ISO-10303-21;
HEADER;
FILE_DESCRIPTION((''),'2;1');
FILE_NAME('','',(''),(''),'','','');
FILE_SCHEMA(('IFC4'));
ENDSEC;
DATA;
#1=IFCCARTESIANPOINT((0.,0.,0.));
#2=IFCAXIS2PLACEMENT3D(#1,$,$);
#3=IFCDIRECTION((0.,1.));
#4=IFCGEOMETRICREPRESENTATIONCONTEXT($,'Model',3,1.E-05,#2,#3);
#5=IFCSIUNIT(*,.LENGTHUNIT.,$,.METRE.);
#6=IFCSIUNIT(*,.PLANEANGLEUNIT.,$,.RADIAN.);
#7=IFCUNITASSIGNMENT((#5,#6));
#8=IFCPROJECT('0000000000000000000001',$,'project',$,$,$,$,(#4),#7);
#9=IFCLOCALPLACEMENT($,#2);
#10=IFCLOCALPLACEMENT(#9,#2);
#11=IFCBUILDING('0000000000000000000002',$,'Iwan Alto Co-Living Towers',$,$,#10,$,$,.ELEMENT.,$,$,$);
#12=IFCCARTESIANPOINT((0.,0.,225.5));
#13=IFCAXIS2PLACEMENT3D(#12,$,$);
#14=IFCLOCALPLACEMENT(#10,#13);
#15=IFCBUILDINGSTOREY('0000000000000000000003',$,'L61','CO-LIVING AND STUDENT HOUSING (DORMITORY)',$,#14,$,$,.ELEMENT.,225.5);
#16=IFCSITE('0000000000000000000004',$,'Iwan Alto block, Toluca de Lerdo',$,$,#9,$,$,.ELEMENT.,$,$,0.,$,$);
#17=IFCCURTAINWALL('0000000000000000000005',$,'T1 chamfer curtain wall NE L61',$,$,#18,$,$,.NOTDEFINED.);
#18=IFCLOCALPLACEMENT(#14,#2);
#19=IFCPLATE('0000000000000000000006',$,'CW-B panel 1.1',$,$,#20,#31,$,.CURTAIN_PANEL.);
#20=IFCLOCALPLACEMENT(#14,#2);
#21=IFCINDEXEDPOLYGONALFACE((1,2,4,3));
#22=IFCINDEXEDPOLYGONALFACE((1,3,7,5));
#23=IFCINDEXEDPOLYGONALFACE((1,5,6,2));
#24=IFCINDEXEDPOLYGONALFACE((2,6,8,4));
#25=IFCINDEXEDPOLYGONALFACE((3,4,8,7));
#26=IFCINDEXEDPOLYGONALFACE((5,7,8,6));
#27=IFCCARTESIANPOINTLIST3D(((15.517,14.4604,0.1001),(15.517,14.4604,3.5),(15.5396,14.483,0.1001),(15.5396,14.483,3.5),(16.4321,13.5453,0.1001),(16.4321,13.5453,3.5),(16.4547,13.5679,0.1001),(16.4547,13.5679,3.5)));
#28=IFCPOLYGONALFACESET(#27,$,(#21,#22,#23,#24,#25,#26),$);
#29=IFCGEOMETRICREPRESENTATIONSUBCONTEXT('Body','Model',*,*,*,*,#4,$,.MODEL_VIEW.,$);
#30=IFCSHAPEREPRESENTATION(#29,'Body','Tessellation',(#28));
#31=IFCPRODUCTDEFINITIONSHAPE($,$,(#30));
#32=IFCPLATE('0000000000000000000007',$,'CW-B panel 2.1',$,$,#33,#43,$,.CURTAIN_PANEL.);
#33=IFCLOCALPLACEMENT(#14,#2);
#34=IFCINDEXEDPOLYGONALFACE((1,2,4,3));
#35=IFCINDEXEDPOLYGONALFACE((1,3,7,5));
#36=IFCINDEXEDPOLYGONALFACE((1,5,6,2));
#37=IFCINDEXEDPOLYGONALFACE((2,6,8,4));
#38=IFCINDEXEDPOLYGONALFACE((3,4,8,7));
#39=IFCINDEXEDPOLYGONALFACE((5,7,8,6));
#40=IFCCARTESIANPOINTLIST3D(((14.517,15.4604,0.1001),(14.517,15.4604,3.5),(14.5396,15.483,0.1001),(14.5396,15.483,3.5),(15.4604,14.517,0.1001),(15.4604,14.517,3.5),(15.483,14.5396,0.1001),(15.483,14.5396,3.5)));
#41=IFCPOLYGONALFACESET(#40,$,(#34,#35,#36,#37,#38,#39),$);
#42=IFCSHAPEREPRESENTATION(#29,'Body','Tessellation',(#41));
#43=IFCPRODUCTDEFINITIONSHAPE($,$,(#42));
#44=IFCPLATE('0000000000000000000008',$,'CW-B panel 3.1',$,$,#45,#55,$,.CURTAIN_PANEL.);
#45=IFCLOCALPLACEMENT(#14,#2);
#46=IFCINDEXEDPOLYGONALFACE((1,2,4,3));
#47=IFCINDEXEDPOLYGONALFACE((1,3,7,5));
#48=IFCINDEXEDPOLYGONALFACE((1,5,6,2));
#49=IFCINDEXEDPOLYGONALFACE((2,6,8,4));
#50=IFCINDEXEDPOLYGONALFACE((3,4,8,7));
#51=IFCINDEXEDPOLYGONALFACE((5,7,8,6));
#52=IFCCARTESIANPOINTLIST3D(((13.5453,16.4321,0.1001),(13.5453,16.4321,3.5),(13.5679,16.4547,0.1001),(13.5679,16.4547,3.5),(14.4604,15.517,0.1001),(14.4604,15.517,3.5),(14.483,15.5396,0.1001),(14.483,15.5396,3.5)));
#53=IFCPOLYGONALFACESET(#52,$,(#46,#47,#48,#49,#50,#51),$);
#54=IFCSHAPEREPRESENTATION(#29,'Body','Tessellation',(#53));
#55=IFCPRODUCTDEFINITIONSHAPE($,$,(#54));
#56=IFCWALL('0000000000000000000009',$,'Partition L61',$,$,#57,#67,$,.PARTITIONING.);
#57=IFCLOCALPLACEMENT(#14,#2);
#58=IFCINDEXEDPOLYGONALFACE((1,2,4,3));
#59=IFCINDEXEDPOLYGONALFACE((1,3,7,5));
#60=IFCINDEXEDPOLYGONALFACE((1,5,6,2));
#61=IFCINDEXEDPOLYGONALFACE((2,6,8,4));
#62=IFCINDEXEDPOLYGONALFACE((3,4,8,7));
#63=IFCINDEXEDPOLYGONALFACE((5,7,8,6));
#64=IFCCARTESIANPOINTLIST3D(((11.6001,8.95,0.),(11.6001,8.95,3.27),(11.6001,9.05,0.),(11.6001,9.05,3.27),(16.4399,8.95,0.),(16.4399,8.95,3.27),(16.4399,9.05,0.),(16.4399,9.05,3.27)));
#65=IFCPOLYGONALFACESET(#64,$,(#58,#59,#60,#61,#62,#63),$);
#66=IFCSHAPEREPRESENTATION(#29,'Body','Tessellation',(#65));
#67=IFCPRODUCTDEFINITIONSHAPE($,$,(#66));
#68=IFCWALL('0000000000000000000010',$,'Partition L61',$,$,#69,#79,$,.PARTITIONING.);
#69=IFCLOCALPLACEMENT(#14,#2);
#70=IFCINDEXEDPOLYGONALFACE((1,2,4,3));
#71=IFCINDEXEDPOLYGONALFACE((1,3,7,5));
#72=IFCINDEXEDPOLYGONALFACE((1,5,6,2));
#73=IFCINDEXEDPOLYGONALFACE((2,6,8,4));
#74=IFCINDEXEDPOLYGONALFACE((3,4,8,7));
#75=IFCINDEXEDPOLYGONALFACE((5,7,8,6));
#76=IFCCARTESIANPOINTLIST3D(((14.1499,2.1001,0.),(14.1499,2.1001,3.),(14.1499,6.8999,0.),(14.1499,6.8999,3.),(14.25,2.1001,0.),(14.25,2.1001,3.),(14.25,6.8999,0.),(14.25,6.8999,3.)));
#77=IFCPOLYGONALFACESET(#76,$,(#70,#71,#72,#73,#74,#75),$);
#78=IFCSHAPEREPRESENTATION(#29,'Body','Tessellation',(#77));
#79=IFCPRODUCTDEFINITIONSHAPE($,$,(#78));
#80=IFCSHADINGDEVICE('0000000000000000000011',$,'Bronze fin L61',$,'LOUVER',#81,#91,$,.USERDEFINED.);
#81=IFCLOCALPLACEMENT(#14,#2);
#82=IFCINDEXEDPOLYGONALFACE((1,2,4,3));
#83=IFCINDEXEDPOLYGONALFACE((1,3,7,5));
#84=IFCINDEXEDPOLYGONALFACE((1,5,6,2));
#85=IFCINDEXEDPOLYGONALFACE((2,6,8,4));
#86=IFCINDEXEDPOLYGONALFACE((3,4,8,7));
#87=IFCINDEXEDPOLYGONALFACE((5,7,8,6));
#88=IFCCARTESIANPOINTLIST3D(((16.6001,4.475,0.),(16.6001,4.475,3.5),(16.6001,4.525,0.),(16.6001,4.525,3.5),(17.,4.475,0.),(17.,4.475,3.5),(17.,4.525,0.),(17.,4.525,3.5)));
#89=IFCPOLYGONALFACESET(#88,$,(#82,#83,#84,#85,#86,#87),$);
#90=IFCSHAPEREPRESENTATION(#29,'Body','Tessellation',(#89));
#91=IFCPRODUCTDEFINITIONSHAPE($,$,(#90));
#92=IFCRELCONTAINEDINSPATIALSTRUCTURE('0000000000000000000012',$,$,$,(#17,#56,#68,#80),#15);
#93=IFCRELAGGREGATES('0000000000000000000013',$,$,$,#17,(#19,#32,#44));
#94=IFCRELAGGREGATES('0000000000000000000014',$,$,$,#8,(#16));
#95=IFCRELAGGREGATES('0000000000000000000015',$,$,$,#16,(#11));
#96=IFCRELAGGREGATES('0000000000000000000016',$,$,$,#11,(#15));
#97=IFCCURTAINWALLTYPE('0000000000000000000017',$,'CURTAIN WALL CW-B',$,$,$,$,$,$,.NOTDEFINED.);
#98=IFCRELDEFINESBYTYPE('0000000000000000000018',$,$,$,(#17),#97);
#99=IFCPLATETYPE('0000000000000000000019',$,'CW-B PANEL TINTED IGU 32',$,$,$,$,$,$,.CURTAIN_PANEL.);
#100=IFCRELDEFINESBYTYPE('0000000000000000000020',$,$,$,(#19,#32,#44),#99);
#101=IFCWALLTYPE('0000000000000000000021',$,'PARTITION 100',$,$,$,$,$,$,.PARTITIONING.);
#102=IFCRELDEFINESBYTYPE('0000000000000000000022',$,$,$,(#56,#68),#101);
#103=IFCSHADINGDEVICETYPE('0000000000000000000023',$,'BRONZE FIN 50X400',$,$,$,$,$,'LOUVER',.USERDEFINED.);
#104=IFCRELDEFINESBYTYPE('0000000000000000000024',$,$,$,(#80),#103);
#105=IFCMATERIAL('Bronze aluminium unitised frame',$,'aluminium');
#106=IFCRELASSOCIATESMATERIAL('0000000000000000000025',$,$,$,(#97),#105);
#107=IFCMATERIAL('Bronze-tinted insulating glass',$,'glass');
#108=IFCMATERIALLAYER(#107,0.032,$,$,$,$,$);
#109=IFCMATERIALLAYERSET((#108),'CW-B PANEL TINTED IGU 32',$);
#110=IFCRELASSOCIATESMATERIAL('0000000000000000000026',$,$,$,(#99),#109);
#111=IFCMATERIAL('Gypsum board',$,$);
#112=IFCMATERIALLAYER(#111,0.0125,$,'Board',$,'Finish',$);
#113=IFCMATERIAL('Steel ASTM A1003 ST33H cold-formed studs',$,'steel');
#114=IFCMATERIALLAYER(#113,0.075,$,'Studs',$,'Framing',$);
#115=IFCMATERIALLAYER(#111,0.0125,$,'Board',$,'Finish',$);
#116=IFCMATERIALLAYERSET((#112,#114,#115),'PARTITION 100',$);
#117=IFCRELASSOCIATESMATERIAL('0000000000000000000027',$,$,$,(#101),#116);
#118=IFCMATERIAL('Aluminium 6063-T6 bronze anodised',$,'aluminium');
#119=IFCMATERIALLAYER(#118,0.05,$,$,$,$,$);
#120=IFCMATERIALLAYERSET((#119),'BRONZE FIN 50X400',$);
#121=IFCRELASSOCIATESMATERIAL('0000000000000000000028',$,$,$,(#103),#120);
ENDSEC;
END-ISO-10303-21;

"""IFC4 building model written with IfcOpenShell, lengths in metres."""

from ifc_helpers import new_model, si_unit, direction, frame, frame_2d, origin, origin_2d, place, context, subcontext, project, spatial, rectangle, extrude, material, layer, layer_set, type_object, element, aggregate, save


model = new_model("IFC4")

# Units and contexts
model_context = context("Model", 3, precision=1e-05, world=origin(), true_north=direction((0.0, 1.0)))
body_context = subcontext(model_context, "Body", "Model", "MODEL_VIEW")
ifc_project = project(units=[si_unit("LENGTHUNIT", "METRE"), si_unit("PLANEANGLEUNIT", "RADIAN")], contexts=[model_context])

# Site, building, storey
site_placement = place(None, origin())
site = spatial("IfcSite", under=ifc_project, at=site_placement, Name="Iwan Alto block, Toluca de Lerdo", CompositionType="ELEMENT", RefElevation=0.0)
building_placement = place(site_placement, origin())
building = spatial("IfcBuilding", under=site, at=building_placement, Name="Iwan Alto Co-Living Towers", CompositionType="ELEMENT")
storey_placement = place(building_placement, frame((0.0, 0.0, 225.5)))
storey = spatial("IfcBuildingStorey", under=building, at=storey_placement, Name="L61", Description="CO-LIVING AND STUDENT HOUSING (DORMITORY)", CompositionType="ELEMENT", Elevation=225.5)

# Curtain wall
ifc_material_1 = material(Name="Bronze aluminium unitised frame", Category="aluminium")
curtain_wall_type_1 = type_object("IfcCurtainWallType", Name="CURTAIN WALL CW-B", PredefinedType="NOTDEFINED", material=ifc_material_1)
curtain_wall_1_placement = place(storey_placement, origin())
curtain_wall_1 = element("IfcCurtainWall", 1, at=curtain_wall_1_placement, inside=storey, type_object=curtain_wall_type_1, Name="T1 chamfer curtain wall NE L61", PredefinedType="NOTDEFINED")

# Plates
ifc_material_2 = material(Name="Bronze-tinted insulating glass", Category="glass")
ifc_layer_1 = layer(ifc_material_2, 0.032)
ifc_layer_set_1 = layer_set([ifc_layer_1], Name="CW-B PANEL TINTED IGU 32")
plate_type_1 = type_object("IfcPlateType", Name="CW-B PANEL TINTED IGU 32", PredefinedType="CURTAIN_PANEL", material=ifc_layer_set_1)
plate_1_placement = place(storey_placement, frame((15.9858, 14.0142, 0.1001), z_axis=(0.0, 0.0, 1.0), x_axis=(-0.707107, 0.707107, 0.0)))
plate_1 = element("IfcPlate", 2, at=plate_1_placement, type_object=plate_type_1, Name="CW-B panel 1.1", PredefinedType="CURTAIN_PANEL", context=body_context, shape_type="SweptSolid", body=[
    extrude(rectangle(XDim=1.2942, YDim=0.032, at=origin_2d()), origin(), (0.0, 0.0, 1.0), 3.3999),
])
plate_2_placement = place(storey_placement, frame((15.0, 15.0, 0.1001), z_axis=(0.0, 0.0, 1.0), x_axis=(-0.707107, 0.707107, 0.0)))
plate_2 = element("IfcPlate", 3, at=plate_2_placement, type_object=plate_type_1, Name="CW-B panel 2.1", PredefinedType="CURTAIN_PANEL", context=body_context, shape_type="SweptSolid", body=[
    extrude(rectangle(XDim=1.3342, YDim=0.032, at=origin_2d()), origin(), (0.0, 0.0, 1.0), 3.3999),
])
plate_3_placement = place(storey_placement, frame((14.0142, 15.9858, 0.1001), z_axis=(0.0, 0.0, 1.0), x_axis=(-0.707107, 0.707107, 0.0)))
plate_3 = element("IfcPlate", 4, at=plate_3_placement, type_object=plate_type_1, Name="CW-B panel 3.1", PredefinedType="CURTAIN_PANEL", context=body_context, shape_type="SweptSolid", body=[
    extrude(rectangle(XDim=1.2942, YDim=0.032, at=origin_2d()), origin(), (0.0, 0.0, 1.0), 3.3999),
])
aggregate(curtain_wall_1, [plate_1, plate_2, plate_3])

# Walls
ifc_material_3 = material(Name="Gypsum board")
ifc_layer_2 = layer(ifc_material_3, 0.0125, Name="Board", Category="Finish")
ifc_material_4 = material(Name="Steel ASTM A1003 ST33H cold-formed studs", Category="steel")
ifc_layer_3 = layer(ifc_material_4, 0.075, Name="Studs", Category="Framing")
ifc_layer_4 = layer(ifc_material_3, 0.0125, Name="Board", Category="Finish")
ifc_layer_set_2 = layer_set([ifc_layer_2, ifc_layer_3, ifc_layer_4], Name="PARTITION 100")
wall_type = type_object("IfcWallType", Name="PARTITION 100", PredefinedType="PARTITIONING", material=ifc_layer_set_2)
wall_1_placement = place(storey_placement, frame((11.6001, 9.0, 0.0), z_axis=(0.0, 0.0, 1.0), x_axis=(1.0, 0.0, 0.0)))
element("IfcWall", 5, at=wall_1_placement, inside=storey, type_object=wall_type, Name="Partition L61", PredefinedType="PARTITIONING", context=body_context, shape_type="SweptSolid", body=[
    extrude(rectangle(XDim=4.8398, YDim=0.1001, at=frame_2d((2.4199, 0.0))), origin(), (0.0, 0.0, 1.0), 3.27),
])
wall_2_placement = place(storey_placement, frame((14.2, 2.1001, 0.0), z_axis=(0.0, 0.0, 1.0), x_axis=(0.0, 1.0, 0.0)))
element("IfcWall", 6, at=wall_2_placement, inside=storey, type_object=wall_type, Name="Partition L61", PredefinedType="PARTITIONING", context=body_context, shape_type="SweptSolid", body=[
    extrude(rectangle(XDim=4.7998, YDim=0.1001, at=frame_2d((2.3999, 0.0))), origin(), (0.0, 0.0, 1.0), 3.0),
])

# Shading device
ifc_material_5 = material(Name="Aluminium 6063-T6 bronze anodised", Category="aluminium")
ifc_layer_5 = layer(ifc_material_5, 0.05)
ifc_layer_set_3 = layer_set([ifc_layer_5], Name="BRONZE FIN 50X400")
shading_device_type = type_object("IfcShadingDeviceType", Name="BRONZE FIN 50X400", ElementType="LOUVER", PredefinedType="USERDEFINED", material=ifc_layer_set_3)
shading_device_placement = place(storey_placement, frame((16.8, 4.5, 0.0), z_axis=(0.0, 0.0, 1.0), x_axis=(0.0, 1.0, 0.0)))
element("IfcShadingDevice", 7, at=shading_device_placement, inside=storey, type_object=shading_device_type, Name="Bronze fin L61", ObjectType="LOUVER", PredefinedType="USERDEFINED", context=body_context, shape_type="SweptSolid", body=[
    extrude(rectangle(XDim=0.05, YDim=0.3999, at=origin_2d()), origin(), (0.0, 0.0, 1.0), 3.5),
])

save(model, "model.ifc")
